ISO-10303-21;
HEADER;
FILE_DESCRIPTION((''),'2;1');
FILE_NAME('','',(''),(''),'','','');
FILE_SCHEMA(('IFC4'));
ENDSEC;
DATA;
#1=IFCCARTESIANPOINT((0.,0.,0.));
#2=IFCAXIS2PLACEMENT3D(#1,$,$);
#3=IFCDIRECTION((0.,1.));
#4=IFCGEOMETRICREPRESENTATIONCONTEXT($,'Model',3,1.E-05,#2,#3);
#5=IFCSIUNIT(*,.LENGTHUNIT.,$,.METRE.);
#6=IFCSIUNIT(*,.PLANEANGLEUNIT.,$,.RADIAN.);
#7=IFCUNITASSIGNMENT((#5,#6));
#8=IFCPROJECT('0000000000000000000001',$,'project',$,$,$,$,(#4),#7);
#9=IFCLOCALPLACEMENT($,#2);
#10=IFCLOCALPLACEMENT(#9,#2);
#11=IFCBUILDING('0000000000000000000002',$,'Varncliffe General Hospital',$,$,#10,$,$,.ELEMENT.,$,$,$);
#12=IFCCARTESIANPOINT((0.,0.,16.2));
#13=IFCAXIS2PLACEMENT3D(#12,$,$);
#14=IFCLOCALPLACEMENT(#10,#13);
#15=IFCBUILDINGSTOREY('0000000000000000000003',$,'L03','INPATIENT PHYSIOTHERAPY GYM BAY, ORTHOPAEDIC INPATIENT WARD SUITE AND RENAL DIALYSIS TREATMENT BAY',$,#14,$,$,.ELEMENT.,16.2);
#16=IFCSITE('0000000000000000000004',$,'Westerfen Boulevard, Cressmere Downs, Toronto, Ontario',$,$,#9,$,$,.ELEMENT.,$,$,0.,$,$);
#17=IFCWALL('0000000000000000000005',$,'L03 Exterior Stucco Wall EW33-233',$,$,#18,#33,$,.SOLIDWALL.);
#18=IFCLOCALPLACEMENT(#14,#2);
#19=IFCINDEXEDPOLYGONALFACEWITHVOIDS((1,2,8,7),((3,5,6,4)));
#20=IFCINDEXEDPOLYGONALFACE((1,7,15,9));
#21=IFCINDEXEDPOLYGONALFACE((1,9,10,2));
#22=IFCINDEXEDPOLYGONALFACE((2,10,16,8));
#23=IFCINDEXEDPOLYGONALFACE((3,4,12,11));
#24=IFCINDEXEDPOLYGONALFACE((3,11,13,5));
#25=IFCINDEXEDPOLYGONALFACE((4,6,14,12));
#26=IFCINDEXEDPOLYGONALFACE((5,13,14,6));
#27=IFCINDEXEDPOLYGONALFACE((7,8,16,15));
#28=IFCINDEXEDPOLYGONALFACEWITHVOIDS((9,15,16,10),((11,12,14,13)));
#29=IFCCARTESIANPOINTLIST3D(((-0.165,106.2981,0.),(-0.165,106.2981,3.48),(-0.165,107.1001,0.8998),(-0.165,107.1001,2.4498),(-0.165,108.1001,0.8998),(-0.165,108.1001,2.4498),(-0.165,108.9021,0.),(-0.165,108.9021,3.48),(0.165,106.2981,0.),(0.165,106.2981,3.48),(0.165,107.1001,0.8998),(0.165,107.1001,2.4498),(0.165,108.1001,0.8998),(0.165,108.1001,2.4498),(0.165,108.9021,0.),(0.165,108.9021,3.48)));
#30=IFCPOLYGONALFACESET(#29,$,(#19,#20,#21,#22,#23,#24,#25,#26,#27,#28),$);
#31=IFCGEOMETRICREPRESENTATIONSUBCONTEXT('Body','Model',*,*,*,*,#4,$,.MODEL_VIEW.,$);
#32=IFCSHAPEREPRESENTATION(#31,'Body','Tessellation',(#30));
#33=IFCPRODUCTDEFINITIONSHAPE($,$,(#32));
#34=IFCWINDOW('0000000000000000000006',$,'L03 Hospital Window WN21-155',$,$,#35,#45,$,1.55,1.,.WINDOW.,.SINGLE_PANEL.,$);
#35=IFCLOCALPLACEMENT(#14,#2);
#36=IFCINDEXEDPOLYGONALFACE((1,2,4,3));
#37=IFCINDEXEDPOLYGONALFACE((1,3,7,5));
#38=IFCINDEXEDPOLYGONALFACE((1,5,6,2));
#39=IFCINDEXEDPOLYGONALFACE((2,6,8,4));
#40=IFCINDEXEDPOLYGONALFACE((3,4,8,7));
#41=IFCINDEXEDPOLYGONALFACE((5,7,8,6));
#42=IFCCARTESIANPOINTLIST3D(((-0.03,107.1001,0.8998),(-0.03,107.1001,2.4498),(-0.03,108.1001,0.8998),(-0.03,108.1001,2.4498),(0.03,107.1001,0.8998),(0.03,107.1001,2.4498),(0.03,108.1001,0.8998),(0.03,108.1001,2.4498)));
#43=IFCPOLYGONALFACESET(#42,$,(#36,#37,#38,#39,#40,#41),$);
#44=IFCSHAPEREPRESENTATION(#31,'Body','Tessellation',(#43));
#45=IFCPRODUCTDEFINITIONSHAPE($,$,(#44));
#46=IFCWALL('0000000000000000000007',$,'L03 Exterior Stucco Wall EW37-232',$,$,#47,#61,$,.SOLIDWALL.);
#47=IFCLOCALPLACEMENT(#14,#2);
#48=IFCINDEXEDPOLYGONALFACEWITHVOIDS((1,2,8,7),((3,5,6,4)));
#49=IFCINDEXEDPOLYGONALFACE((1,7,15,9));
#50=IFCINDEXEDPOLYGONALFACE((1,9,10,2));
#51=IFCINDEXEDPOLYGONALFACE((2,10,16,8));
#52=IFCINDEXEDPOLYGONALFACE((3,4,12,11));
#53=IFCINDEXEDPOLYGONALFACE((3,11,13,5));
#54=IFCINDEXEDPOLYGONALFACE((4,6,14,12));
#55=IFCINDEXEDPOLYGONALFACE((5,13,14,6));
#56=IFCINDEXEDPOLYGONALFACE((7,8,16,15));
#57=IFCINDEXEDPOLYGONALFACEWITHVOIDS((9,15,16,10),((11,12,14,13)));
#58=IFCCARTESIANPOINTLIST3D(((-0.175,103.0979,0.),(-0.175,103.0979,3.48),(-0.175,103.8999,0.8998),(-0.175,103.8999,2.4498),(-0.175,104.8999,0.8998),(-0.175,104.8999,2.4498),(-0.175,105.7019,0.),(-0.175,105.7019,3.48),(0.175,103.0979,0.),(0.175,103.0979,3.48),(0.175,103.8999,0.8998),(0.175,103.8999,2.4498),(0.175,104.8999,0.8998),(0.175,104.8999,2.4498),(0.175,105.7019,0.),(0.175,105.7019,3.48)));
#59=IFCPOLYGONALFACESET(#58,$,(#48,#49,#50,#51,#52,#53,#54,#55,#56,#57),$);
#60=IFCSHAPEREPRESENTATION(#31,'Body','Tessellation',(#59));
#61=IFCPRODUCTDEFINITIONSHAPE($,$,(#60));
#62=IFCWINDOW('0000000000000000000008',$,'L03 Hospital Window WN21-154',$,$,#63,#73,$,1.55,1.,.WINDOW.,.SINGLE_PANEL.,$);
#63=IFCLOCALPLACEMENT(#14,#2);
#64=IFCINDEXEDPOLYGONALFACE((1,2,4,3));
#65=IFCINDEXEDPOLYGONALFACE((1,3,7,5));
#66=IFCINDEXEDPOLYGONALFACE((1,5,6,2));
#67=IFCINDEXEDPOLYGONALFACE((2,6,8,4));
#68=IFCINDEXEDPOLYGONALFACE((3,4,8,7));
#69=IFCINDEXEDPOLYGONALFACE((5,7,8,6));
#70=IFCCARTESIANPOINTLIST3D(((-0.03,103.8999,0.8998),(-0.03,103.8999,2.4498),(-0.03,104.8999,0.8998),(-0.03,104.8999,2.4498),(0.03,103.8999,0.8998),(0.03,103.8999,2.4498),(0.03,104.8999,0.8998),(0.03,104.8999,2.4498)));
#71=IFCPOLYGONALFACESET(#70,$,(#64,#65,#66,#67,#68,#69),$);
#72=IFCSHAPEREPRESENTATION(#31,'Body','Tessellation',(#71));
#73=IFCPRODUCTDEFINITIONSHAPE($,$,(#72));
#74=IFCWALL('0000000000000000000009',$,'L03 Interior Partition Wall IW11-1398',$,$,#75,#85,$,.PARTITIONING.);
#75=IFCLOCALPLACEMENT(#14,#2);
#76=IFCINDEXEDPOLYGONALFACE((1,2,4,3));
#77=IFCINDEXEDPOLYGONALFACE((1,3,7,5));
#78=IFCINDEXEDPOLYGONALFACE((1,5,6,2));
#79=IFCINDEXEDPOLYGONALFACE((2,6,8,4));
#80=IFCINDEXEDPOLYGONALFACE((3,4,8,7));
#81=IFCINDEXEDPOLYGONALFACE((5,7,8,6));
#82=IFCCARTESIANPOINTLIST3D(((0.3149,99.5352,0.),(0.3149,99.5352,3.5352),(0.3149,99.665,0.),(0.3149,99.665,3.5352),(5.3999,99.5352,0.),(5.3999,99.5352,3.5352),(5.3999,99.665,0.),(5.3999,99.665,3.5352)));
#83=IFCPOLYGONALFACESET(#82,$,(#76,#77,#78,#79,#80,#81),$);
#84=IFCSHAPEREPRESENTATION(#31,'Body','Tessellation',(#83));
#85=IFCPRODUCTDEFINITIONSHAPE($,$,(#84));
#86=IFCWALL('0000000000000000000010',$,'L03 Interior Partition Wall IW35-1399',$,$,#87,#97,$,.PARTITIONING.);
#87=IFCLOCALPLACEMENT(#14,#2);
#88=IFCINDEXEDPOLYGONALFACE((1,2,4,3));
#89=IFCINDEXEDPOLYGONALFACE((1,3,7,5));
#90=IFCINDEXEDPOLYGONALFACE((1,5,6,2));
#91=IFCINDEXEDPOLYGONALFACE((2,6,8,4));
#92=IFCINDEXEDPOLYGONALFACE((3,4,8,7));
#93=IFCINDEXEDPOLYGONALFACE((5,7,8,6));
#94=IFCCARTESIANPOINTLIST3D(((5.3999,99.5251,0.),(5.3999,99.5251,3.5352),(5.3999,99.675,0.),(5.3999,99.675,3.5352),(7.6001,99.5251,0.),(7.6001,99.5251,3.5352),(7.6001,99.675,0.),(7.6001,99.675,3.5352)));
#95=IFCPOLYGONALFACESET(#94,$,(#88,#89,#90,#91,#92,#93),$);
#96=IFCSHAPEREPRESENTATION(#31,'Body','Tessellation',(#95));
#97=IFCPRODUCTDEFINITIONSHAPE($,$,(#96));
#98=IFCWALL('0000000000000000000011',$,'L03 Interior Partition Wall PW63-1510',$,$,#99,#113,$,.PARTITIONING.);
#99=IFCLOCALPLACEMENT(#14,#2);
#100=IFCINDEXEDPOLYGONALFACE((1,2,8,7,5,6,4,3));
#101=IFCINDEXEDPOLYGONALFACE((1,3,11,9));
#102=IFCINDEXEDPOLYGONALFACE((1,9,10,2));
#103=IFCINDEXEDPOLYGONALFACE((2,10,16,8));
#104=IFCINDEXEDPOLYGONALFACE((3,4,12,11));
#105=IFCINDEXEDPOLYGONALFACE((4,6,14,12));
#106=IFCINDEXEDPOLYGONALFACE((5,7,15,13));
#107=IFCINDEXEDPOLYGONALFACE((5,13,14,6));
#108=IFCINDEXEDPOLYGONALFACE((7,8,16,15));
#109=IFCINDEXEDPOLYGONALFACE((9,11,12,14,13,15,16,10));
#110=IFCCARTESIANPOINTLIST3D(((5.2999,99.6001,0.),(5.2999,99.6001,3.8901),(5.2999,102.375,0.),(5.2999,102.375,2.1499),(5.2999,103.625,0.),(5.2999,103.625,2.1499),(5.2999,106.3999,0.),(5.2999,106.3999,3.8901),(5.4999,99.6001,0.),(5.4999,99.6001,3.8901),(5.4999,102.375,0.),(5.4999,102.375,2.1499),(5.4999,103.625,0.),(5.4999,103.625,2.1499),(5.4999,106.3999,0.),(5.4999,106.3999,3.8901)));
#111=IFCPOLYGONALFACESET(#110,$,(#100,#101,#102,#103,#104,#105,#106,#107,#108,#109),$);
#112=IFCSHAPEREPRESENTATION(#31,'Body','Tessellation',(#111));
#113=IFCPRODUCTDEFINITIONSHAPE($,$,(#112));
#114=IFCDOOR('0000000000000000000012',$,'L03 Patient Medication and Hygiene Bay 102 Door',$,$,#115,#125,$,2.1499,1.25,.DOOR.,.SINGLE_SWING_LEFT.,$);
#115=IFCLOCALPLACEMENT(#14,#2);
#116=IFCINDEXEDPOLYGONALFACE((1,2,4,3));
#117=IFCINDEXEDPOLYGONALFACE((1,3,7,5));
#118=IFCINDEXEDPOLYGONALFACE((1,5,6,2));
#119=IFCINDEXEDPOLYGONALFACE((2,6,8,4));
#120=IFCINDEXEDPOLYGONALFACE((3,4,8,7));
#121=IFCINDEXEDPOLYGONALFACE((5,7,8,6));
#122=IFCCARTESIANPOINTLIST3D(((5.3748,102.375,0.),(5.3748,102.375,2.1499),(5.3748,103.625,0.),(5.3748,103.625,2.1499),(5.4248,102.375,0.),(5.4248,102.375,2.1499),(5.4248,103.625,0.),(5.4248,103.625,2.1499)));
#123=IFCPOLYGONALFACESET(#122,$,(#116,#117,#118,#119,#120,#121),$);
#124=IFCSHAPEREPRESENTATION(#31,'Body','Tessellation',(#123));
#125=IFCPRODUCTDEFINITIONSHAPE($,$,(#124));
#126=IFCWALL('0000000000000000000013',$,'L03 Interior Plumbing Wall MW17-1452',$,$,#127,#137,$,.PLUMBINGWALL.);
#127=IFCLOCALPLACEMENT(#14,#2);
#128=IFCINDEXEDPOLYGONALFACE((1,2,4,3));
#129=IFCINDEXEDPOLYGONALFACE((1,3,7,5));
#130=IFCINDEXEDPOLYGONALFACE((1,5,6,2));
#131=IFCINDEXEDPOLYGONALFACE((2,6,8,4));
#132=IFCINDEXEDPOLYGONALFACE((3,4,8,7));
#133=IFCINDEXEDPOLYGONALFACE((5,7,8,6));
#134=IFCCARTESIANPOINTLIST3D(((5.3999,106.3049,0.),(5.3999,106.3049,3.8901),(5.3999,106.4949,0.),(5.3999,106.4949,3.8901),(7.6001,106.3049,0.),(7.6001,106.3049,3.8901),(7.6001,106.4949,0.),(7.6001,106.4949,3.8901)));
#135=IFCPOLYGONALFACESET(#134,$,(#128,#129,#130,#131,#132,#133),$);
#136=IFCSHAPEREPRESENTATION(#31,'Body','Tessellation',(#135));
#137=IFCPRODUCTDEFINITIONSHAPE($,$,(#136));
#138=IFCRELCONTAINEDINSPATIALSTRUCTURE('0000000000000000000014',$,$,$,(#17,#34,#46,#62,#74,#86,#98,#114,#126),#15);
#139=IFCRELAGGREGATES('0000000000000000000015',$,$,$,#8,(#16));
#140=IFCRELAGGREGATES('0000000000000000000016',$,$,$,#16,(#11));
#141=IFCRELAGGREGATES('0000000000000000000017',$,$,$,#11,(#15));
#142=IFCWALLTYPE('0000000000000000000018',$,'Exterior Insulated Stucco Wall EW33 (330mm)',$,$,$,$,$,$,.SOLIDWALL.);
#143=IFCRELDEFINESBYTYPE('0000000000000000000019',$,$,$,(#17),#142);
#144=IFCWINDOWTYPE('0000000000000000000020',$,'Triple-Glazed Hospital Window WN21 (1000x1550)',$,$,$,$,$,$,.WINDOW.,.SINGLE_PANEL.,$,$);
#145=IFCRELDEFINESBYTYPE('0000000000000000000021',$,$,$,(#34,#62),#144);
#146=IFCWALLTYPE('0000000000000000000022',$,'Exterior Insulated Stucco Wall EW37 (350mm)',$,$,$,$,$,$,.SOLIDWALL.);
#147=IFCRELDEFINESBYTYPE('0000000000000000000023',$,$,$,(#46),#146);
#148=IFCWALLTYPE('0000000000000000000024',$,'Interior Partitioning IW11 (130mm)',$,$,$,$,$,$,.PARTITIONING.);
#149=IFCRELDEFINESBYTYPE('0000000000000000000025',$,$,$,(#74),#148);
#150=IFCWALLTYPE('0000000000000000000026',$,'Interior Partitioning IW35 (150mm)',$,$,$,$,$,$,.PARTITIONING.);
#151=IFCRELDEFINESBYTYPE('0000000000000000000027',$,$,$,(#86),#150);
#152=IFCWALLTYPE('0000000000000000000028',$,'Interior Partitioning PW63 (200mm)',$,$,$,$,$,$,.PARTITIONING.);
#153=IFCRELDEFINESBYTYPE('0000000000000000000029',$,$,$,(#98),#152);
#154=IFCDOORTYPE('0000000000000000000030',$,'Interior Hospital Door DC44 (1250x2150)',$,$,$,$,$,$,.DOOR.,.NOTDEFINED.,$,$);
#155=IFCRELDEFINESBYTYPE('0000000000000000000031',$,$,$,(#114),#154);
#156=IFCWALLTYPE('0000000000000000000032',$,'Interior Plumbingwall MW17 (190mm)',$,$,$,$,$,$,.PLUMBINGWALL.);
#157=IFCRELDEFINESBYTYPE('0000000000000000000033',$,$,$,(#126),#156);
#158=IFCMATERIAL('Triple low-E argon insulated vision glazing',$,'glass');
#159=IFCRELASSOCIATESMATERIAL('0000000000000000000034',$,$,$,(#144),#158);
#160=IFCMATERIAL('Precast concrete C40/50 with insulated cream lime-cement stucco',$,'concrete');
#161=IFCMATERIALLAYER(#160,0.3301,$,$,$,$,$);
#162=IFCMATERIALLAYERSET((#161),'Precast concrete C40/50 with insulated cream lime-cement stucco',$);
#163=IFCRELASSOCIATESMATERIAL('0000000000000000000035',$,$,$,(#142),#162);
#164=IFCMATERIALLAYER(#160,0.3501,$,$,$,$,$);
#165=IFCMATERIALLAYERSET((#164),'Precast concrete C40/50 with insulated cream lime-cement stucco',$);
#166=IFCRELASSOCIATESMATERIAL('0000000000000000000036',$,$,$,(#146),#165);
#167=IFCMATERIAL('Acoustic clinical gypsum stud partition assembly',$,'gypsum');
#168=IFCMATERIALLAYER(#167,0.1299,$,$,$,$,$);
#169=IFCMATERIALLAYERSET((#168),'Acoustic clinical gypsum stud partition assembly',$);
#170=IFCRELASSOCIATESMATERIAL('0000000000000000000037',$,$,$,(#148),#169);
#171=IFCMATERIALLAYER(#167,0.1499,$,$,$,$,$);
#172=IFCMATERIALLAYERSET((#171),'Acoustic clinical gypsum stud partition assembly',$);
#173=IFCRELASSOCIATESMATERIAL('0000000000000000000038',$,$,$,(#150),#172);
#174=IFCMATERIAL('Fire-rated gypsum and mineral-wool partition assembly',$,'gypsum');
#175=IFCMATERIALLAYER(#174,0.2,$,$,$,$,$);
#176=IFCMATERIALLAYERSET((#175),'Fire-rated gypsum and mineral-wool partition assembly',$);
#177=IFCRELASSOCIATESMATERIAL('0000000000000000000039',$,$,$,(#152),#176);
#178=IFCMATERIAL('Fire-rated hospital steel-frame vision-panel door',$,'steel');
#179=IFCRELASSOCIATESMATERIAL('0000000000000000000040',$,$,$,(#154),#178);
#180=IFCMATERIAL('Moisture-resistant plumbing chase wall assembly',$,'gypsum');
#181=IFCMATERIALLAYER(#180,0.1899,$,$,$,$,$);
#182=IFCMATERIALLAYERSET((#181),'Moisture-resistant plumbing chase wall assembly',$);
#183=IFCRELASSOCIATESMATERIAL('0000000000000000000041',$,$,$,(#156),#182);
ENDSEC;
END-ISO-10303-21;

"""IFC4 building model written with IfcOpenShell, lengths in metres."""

from ifc_helpers import new_model, si_unit, direction, frame, frame_2d, origin, place, context, subcontext, project, spatial, rectangle, extrude, material, layer, layer_set, type_object, element, fill, save


model = new_model("IFC4")

# Units and contexts
model_context = context("Model", 3, precision=1e-05, world=origin(), true_north=direction((0.0, 1.0)))
body_context = subcontext(model_context, "Body", "Model", "MODEL_VIEW")
ifc_project = project(units=[si_unit("LENGTHUNIT", "METRE"), si_unit("PLANEANGLEUNIT", "RADIAN")], contexts=[model_context])

# Site, building, storey
site_placement = place(None, origin())
site = spatial("IfcSite", under=ifc_project, at=site_placement, Name="Westerfen Boulevard, Cressmere Downs, Toronto, Ontario", CompositionType="ELEMENT", RefElevation=0.0)
building_placement = place(site_placement, origin())
building = spatial("IfcBuilding", under=site, at=building_placement, Name="Varncliffe General Hospital", CompositionType="ELEMENT")
storey_placement = place(building_placement, frame((0.0, 0.0, 16.2)))
storey = spatial("IfcBuildingStorey", under=building, at=storey_placement, Name="L03", Description="INPATIENT PHYSIOTHERAPY GYM BAY, ORTHOPAEDIC INPATIENT WARD SUITE AND RENAL DIALYSIS TREATMENT BAY", CompositionType="ELEMENT", Elevation=16.2)

# Walls, openings, windows
ifc_material_1 = material(Name="Precast concrete C40/50 with insulated cream lime-cement stucco", Category="concrete")
ifc_material_2 = material(Name="Triple low-E argon insulated vision glazing", Category="glass")
window_type = type_object("IfcWindowType", Name="Triple-Glazed Hospital Window WN21 (1000x1550)", PartitioningType="SINGLE_PANEL", PredefinedType="WINDOW", material=ifc_material_2)
ifc_layer_1 = layer(ifc_material_1, 0.3301)
ifc_layer_set_1 = layer_set([ifc_layer_1], Name="Precast concrete C40/50 with insulated cream lime-cement stucco")
wall_type_1 = type_object("IfcWallType", Name="Exterior Insulated Stucco Wall EW33 (330mm)", PredefinedType="SOLIDWALL", material=ifc_layer_set_1)
wall_1_placement = place(storey_placement, frame((0.0, 106.2981, 0.0), z_axis=(0.0, 0.0, 1.0), x_axis=(0.0, 1.0, 0.0)))
wall_1 = element("IfcWall", 1, at=wall_1_placement, inside=storey, type_object=wall_type_1, Name="L03 Exterior Stucco Wall EW33-233", PredefinedType="SOLIDWALL", context=body_context, shape_type="SweptSolid", body=[
    extrude(rectangle(XDim=2.604, YDim=0.3301, at=frame_2d((1.302, 0.0))), origin(), (0.0, 0.0, 1.0), 3.48),
])
opening_1_placement = place(wall_1_placement, frame((0.802, 0.0, 0.8999)))
opening_1 = element("IfcOpeningElement", 2, at=opening_1_placement, cuts=wall_1, PredefinedType="OPENING", context=body_context, shape_type="SweptSolid", body=[
    extrude(rectangle(XDim=1.0, YDim=1.55, at=frame_2d((0.5, 0.7749))), frame((0.0, 0.175, 0.0), z_axis=(0.0, -1.0, 0.0), x_axis=(1.0, 0.0, 0.0)), (0.0, 0.0, 1.0), 0.3501),
])
window_1_placement = place(opening_1_placement, origin())
window_1 = element("IfcWindow", 3, at=window_1_placement, inside=storey, type_object=window_type, Name="L03 Hospital Window WN21-155", OverallHeight=1.55, OverallWidth=1.0, PartitioningType="SINGLE_PANEL", PredefinedType="WINDOW", context=body_context, shape_type="SweptSolid", body=[
    extrude(rectangle(XDim=1.0, YDim=1.55, at=frame_2d((0.5, 0.7749))), frame((0.0, 0.03, 0.0), z_axis=(0.0, -1.0, 0.0), x_axis=(1.0, 0.0, 0.0)), (0.0, 0.0, 1.0), 0.0601),
])
fill(opening_1, window_1)
ifc_layer_2 = layer(ifc_material_1, 0.3501)
ifc_layer_set_2 = layer_set([ifc_layer_2], Name="Precast concrete C40/50 with insulated cream lime-cement stucco")
wall_type_2 = type_object("IfcWallType", Name="Exterior Insulated Stucco Wall EW37 (350mm)", PredefinedType="SOLIDWALL", material=ifc_layer_set_2)
wall_2_placement = place(storey_placement, frame((0.0, 103.0979, 0.0), z_axis=(0.0, 0.0, 1.0), x_axis=(0.0, 1.0, 0.0)))
wall_2 = element("IfcWall", 4, at=wall_2_placement, inside=storey, type_object=wall_type_2, Name="L03 Exterior Stucco Wall EW37-232", PredefinedType="SOLIDWALL", context=body_context, shape_type="SweptSolid", body=[
    extrude(rectangle(XDim=2.604, YDim=0.3501, at=frame_2d((1.302, 0.0))), origin(), (0.0, 0.0, 1.0), 3.48),
])
opening_2_placement = place(wall_2_placement, frame((0.802, 0.0, 0.8999)))
opening_2 = element("IfcOpeningElement", 5, at=opening_2_placement, cuts=wall_2, PredefinedType="OPENING", context=body_context, shape_type="SweptSolid", body=[
    extrude(rectangle(XDim=1.0, YDim=1.55, at=frame_2d((0.5, 0.7749))), frame((0.0, 0.1851, 0.0), z_axis=(0.0, -1.0, 0.0), x_axis=(1.0, 0.0, 0.0)), (0.0, 0.0, 1.0), 0.3701),
])
window_2_placement = place(opening_2_placement, origin())
window_2 = element("IfcWindow", 6, at=window_2_placement, inside=storey, type_object=window_type, Name="L03 Hospital Window WN21-154", OverallHeight=1.55, OverallWidth=1.0, PartitioningType="SINGLE_PANEL", PredefinedType="WINDOW", context=body_context, shape_type="SweptSolid", body=[
    extrude(rectangle(XDim=1.0, YDim=1.55, at=frame_2d((0.5, 0.7749))), frame((0.0, 0.03, 0.0), z_axis=(0.0, -1.0, 0.0), x_axis=(1.0, 0.0, 0.0)), (0.0, 0.0, 1.0), 0.0601),
])
fill(opening_2, window_2)

# Walls
ifc_material_3 = material(Name="Acoustic clinical gypsum stud partition assembly", Category="gypsum")
ifc_layer_3 = layer(ifc_material_3, 0.1299)
ifc_layer_set_3 = layer_set([ifc_layer_3], Name="Acoustic clinical gypsum stud partition assembly")
wall_type_3 = type_object("IfcWallType", Name="Interior Partitioning IW11 (130mm)", PredefinedType="PARTITIONING", material=ifc_layer_set_3)
wall_3_placement = place(storey_placement, frame((0.3149, 99.6001, 0.0), z_axis=(0.0, 0.0, 1.0), x_axis=(1.0, 0.0, 0.0)))
element("IfcWall", 7, at=wall_3_placement, inside=storey, type_object=wall_type_3, Name="L03 Interior Partition Wall IW11-1398", PredefinedType="PARTITIONING", context=body_context, shape_type="SweptSolid", body=[
    extrude(rectangle(XDim=5.085, YDim=0.1299, at=frame_2d((2.5425, 0.0))), origin(), (0.0, 0.0, 1.0), 3.5352),
])
ifc_layer_4 = layer(ifc_material_3, 0.1499)
ifc_layer_set_4 = layer_set([ifc_layer_4], Name="Acoustic clinical gypsum stud partition assembly")
wall_type_4 = type_object("IfcWallType", Name="Interior Partitioning IW35 (150mm)", PredefinedType="PARTITIONING", material=ifc_layer_set_4)
wall_4_placement = place(storey_placement, frame((5.3999, 99.6001, 0.0), z_axis=(0.0, 0.0, 1.0), x_axis=(1.0, 0.0, 0.0)))
element("IfcWall", 8, at=wall_4_placement, inside=storey, type_object=wall_type_4, Name="L03 Interior Partition Wall IW35-1399", PredefinedType="PARTITIONING", context=body_context, shape_type="SweptSolid", body=[
    extrude(rectangle(XDim=2.2002, YDim=0.1499, at=frame_2d((1.1001, 0.0))), origin(), (0.0, 0.0, 1.0), 3.5352),
])

# Wall, opening, door
ifc_material_4 = material(Name="Fire-rated gypsum and mineral-wool partition assembly", Category="gypsum")
ifc_layer_5 = layer(ifc_material_4, 0.2)
ifc_layer_set_5 = layer_set([ifc_layer_5], Name="Fire-rated gypsum and mineral-wool partition assembly")
wall_type_5 = type_object("IfcWallType", Name="Interior Partitioning PW63 (200mm)", PredefinedType="PARTITIONING", material=ifc_layer_set_5)
wall_5_placement = place(storey_placement, frame((5.3999, 99.6001, 0.0), z_axis=(0.0, 0.0, 1.0), x_axis=(0.0, 1.0, 0.0)))
wall_5 = element("IfcWall", 9, at=wall_5_placement, inside=storey, type_object=wall_type_5, Name="L03 Interior Partition Wall PW63-1510", PredefinedType="PARTITIONING", context=body_context, shape_type="SweptSolid", body=[
    extrude(rectangle(XDim=6.7998, YDim=0.2, at=frame_2d((3.3999, 0.0))), origin(), (0.0, 0.0, 1.0), 3.8901),
])
opening_3_placement = place(wall_5_placement, frame((2.7749, 0.0, 0.0)))
opening_3 = element("IfcOpeningElement", 10, at=opening_3_placement, cuts=wall_5, PredefinedType="OPENING", context=body_context, shape_type="SweptSolid", body=[
    extrude(rectangle(XDim=1.25, YDim=2.1499, at=frame_2d((0.625, 1.075))), frame((0.0, 0.1099, 0.0), z_axis=(0.0, -1.0, 0.0), x_axis=(1.0, 0.0, 0.0)), (0.0, 0.0, 1.0), 0.22),
])
ifc_material_5 = material(Name="Fire-rated hospital steel-frame vision-panel door", Category="steel")
door_type = type_object("IfcDoorType", Name="Interior Hospital Door DC44 (1250x2150)", OperationType="NOTDEFINED", PredefinedType="DOOR", material=ifc_material_5)
door_placement = place(opening_3_placement, frame((1.25, 0.0, 0.0), z_axis=(0.0, 0.0, 1.0), x_axis=(-1.0, 0.0, 0.0)))
door = element("IfcDoor", 11, at=door_placement, inside=storey, type_object=door_type, Name="L03 Patient Medication and Hygiene Bay 102 Door", OperationType="SINGLE_SWING_LEFT", OverallHeight=2.1499, OverallWidth=1.25, PredefinedType="DOOR", context=body_context, shape_type="SweptSolid", body=[
    extrude(rectangle(XDim=1.25, YDim=2.1499, at=frame_2d((0.625, 1.075))), frame((0.0, 0.0249, 0.0), z_axis=(0.0, -1.0, 0.0), x_axis=(1.0, 0.0, 0.0)), (0.0, 0.0, 1.0), 0.05),
])
fill(opening_3, door)

# Wall
ifc_material_6 = material(Name="Moisture-resistant plumbing chase wall assembly", Category="gypsum")
ifc_layer_6 = layer(ifc_material_6, 0.1899)
ifc_layer_set_6 = layer_set([ifc_layer_6], Name="Moisture-resistant plumbing chase wall assembly")
wall_type_6 = type_object("IfcWallType", Name="Interior Plumbingwall MW17 (190mm)", PredefinedType="PLUMBINGWALL", material=ifc_layer_set_6)
wall_6_placement = place(storey_placement, frame((5.3999, 106.3999, 0.0), z_axis=(0.0, 0.0, 1.0), x_axis=(1.0, 0.0, 0.0)))
element("IfcWall", 12, at=wall_6_placement, inside=storey, type_object=wall_type_6, Name="L03 Interior Plumbing Wall MW17-1452", PredefinedType="PLUMBINGWALL", context=body_context, shape_type="SweptSolid", body=[
    extrude(rectangle(XDim=2.2002, YDim=0.1899, at=frame_2d((1.1001, 0.0))), origin(), (0.0, 0.0, 1.0), 3.8901),
])

save(model, "model.ifc")
